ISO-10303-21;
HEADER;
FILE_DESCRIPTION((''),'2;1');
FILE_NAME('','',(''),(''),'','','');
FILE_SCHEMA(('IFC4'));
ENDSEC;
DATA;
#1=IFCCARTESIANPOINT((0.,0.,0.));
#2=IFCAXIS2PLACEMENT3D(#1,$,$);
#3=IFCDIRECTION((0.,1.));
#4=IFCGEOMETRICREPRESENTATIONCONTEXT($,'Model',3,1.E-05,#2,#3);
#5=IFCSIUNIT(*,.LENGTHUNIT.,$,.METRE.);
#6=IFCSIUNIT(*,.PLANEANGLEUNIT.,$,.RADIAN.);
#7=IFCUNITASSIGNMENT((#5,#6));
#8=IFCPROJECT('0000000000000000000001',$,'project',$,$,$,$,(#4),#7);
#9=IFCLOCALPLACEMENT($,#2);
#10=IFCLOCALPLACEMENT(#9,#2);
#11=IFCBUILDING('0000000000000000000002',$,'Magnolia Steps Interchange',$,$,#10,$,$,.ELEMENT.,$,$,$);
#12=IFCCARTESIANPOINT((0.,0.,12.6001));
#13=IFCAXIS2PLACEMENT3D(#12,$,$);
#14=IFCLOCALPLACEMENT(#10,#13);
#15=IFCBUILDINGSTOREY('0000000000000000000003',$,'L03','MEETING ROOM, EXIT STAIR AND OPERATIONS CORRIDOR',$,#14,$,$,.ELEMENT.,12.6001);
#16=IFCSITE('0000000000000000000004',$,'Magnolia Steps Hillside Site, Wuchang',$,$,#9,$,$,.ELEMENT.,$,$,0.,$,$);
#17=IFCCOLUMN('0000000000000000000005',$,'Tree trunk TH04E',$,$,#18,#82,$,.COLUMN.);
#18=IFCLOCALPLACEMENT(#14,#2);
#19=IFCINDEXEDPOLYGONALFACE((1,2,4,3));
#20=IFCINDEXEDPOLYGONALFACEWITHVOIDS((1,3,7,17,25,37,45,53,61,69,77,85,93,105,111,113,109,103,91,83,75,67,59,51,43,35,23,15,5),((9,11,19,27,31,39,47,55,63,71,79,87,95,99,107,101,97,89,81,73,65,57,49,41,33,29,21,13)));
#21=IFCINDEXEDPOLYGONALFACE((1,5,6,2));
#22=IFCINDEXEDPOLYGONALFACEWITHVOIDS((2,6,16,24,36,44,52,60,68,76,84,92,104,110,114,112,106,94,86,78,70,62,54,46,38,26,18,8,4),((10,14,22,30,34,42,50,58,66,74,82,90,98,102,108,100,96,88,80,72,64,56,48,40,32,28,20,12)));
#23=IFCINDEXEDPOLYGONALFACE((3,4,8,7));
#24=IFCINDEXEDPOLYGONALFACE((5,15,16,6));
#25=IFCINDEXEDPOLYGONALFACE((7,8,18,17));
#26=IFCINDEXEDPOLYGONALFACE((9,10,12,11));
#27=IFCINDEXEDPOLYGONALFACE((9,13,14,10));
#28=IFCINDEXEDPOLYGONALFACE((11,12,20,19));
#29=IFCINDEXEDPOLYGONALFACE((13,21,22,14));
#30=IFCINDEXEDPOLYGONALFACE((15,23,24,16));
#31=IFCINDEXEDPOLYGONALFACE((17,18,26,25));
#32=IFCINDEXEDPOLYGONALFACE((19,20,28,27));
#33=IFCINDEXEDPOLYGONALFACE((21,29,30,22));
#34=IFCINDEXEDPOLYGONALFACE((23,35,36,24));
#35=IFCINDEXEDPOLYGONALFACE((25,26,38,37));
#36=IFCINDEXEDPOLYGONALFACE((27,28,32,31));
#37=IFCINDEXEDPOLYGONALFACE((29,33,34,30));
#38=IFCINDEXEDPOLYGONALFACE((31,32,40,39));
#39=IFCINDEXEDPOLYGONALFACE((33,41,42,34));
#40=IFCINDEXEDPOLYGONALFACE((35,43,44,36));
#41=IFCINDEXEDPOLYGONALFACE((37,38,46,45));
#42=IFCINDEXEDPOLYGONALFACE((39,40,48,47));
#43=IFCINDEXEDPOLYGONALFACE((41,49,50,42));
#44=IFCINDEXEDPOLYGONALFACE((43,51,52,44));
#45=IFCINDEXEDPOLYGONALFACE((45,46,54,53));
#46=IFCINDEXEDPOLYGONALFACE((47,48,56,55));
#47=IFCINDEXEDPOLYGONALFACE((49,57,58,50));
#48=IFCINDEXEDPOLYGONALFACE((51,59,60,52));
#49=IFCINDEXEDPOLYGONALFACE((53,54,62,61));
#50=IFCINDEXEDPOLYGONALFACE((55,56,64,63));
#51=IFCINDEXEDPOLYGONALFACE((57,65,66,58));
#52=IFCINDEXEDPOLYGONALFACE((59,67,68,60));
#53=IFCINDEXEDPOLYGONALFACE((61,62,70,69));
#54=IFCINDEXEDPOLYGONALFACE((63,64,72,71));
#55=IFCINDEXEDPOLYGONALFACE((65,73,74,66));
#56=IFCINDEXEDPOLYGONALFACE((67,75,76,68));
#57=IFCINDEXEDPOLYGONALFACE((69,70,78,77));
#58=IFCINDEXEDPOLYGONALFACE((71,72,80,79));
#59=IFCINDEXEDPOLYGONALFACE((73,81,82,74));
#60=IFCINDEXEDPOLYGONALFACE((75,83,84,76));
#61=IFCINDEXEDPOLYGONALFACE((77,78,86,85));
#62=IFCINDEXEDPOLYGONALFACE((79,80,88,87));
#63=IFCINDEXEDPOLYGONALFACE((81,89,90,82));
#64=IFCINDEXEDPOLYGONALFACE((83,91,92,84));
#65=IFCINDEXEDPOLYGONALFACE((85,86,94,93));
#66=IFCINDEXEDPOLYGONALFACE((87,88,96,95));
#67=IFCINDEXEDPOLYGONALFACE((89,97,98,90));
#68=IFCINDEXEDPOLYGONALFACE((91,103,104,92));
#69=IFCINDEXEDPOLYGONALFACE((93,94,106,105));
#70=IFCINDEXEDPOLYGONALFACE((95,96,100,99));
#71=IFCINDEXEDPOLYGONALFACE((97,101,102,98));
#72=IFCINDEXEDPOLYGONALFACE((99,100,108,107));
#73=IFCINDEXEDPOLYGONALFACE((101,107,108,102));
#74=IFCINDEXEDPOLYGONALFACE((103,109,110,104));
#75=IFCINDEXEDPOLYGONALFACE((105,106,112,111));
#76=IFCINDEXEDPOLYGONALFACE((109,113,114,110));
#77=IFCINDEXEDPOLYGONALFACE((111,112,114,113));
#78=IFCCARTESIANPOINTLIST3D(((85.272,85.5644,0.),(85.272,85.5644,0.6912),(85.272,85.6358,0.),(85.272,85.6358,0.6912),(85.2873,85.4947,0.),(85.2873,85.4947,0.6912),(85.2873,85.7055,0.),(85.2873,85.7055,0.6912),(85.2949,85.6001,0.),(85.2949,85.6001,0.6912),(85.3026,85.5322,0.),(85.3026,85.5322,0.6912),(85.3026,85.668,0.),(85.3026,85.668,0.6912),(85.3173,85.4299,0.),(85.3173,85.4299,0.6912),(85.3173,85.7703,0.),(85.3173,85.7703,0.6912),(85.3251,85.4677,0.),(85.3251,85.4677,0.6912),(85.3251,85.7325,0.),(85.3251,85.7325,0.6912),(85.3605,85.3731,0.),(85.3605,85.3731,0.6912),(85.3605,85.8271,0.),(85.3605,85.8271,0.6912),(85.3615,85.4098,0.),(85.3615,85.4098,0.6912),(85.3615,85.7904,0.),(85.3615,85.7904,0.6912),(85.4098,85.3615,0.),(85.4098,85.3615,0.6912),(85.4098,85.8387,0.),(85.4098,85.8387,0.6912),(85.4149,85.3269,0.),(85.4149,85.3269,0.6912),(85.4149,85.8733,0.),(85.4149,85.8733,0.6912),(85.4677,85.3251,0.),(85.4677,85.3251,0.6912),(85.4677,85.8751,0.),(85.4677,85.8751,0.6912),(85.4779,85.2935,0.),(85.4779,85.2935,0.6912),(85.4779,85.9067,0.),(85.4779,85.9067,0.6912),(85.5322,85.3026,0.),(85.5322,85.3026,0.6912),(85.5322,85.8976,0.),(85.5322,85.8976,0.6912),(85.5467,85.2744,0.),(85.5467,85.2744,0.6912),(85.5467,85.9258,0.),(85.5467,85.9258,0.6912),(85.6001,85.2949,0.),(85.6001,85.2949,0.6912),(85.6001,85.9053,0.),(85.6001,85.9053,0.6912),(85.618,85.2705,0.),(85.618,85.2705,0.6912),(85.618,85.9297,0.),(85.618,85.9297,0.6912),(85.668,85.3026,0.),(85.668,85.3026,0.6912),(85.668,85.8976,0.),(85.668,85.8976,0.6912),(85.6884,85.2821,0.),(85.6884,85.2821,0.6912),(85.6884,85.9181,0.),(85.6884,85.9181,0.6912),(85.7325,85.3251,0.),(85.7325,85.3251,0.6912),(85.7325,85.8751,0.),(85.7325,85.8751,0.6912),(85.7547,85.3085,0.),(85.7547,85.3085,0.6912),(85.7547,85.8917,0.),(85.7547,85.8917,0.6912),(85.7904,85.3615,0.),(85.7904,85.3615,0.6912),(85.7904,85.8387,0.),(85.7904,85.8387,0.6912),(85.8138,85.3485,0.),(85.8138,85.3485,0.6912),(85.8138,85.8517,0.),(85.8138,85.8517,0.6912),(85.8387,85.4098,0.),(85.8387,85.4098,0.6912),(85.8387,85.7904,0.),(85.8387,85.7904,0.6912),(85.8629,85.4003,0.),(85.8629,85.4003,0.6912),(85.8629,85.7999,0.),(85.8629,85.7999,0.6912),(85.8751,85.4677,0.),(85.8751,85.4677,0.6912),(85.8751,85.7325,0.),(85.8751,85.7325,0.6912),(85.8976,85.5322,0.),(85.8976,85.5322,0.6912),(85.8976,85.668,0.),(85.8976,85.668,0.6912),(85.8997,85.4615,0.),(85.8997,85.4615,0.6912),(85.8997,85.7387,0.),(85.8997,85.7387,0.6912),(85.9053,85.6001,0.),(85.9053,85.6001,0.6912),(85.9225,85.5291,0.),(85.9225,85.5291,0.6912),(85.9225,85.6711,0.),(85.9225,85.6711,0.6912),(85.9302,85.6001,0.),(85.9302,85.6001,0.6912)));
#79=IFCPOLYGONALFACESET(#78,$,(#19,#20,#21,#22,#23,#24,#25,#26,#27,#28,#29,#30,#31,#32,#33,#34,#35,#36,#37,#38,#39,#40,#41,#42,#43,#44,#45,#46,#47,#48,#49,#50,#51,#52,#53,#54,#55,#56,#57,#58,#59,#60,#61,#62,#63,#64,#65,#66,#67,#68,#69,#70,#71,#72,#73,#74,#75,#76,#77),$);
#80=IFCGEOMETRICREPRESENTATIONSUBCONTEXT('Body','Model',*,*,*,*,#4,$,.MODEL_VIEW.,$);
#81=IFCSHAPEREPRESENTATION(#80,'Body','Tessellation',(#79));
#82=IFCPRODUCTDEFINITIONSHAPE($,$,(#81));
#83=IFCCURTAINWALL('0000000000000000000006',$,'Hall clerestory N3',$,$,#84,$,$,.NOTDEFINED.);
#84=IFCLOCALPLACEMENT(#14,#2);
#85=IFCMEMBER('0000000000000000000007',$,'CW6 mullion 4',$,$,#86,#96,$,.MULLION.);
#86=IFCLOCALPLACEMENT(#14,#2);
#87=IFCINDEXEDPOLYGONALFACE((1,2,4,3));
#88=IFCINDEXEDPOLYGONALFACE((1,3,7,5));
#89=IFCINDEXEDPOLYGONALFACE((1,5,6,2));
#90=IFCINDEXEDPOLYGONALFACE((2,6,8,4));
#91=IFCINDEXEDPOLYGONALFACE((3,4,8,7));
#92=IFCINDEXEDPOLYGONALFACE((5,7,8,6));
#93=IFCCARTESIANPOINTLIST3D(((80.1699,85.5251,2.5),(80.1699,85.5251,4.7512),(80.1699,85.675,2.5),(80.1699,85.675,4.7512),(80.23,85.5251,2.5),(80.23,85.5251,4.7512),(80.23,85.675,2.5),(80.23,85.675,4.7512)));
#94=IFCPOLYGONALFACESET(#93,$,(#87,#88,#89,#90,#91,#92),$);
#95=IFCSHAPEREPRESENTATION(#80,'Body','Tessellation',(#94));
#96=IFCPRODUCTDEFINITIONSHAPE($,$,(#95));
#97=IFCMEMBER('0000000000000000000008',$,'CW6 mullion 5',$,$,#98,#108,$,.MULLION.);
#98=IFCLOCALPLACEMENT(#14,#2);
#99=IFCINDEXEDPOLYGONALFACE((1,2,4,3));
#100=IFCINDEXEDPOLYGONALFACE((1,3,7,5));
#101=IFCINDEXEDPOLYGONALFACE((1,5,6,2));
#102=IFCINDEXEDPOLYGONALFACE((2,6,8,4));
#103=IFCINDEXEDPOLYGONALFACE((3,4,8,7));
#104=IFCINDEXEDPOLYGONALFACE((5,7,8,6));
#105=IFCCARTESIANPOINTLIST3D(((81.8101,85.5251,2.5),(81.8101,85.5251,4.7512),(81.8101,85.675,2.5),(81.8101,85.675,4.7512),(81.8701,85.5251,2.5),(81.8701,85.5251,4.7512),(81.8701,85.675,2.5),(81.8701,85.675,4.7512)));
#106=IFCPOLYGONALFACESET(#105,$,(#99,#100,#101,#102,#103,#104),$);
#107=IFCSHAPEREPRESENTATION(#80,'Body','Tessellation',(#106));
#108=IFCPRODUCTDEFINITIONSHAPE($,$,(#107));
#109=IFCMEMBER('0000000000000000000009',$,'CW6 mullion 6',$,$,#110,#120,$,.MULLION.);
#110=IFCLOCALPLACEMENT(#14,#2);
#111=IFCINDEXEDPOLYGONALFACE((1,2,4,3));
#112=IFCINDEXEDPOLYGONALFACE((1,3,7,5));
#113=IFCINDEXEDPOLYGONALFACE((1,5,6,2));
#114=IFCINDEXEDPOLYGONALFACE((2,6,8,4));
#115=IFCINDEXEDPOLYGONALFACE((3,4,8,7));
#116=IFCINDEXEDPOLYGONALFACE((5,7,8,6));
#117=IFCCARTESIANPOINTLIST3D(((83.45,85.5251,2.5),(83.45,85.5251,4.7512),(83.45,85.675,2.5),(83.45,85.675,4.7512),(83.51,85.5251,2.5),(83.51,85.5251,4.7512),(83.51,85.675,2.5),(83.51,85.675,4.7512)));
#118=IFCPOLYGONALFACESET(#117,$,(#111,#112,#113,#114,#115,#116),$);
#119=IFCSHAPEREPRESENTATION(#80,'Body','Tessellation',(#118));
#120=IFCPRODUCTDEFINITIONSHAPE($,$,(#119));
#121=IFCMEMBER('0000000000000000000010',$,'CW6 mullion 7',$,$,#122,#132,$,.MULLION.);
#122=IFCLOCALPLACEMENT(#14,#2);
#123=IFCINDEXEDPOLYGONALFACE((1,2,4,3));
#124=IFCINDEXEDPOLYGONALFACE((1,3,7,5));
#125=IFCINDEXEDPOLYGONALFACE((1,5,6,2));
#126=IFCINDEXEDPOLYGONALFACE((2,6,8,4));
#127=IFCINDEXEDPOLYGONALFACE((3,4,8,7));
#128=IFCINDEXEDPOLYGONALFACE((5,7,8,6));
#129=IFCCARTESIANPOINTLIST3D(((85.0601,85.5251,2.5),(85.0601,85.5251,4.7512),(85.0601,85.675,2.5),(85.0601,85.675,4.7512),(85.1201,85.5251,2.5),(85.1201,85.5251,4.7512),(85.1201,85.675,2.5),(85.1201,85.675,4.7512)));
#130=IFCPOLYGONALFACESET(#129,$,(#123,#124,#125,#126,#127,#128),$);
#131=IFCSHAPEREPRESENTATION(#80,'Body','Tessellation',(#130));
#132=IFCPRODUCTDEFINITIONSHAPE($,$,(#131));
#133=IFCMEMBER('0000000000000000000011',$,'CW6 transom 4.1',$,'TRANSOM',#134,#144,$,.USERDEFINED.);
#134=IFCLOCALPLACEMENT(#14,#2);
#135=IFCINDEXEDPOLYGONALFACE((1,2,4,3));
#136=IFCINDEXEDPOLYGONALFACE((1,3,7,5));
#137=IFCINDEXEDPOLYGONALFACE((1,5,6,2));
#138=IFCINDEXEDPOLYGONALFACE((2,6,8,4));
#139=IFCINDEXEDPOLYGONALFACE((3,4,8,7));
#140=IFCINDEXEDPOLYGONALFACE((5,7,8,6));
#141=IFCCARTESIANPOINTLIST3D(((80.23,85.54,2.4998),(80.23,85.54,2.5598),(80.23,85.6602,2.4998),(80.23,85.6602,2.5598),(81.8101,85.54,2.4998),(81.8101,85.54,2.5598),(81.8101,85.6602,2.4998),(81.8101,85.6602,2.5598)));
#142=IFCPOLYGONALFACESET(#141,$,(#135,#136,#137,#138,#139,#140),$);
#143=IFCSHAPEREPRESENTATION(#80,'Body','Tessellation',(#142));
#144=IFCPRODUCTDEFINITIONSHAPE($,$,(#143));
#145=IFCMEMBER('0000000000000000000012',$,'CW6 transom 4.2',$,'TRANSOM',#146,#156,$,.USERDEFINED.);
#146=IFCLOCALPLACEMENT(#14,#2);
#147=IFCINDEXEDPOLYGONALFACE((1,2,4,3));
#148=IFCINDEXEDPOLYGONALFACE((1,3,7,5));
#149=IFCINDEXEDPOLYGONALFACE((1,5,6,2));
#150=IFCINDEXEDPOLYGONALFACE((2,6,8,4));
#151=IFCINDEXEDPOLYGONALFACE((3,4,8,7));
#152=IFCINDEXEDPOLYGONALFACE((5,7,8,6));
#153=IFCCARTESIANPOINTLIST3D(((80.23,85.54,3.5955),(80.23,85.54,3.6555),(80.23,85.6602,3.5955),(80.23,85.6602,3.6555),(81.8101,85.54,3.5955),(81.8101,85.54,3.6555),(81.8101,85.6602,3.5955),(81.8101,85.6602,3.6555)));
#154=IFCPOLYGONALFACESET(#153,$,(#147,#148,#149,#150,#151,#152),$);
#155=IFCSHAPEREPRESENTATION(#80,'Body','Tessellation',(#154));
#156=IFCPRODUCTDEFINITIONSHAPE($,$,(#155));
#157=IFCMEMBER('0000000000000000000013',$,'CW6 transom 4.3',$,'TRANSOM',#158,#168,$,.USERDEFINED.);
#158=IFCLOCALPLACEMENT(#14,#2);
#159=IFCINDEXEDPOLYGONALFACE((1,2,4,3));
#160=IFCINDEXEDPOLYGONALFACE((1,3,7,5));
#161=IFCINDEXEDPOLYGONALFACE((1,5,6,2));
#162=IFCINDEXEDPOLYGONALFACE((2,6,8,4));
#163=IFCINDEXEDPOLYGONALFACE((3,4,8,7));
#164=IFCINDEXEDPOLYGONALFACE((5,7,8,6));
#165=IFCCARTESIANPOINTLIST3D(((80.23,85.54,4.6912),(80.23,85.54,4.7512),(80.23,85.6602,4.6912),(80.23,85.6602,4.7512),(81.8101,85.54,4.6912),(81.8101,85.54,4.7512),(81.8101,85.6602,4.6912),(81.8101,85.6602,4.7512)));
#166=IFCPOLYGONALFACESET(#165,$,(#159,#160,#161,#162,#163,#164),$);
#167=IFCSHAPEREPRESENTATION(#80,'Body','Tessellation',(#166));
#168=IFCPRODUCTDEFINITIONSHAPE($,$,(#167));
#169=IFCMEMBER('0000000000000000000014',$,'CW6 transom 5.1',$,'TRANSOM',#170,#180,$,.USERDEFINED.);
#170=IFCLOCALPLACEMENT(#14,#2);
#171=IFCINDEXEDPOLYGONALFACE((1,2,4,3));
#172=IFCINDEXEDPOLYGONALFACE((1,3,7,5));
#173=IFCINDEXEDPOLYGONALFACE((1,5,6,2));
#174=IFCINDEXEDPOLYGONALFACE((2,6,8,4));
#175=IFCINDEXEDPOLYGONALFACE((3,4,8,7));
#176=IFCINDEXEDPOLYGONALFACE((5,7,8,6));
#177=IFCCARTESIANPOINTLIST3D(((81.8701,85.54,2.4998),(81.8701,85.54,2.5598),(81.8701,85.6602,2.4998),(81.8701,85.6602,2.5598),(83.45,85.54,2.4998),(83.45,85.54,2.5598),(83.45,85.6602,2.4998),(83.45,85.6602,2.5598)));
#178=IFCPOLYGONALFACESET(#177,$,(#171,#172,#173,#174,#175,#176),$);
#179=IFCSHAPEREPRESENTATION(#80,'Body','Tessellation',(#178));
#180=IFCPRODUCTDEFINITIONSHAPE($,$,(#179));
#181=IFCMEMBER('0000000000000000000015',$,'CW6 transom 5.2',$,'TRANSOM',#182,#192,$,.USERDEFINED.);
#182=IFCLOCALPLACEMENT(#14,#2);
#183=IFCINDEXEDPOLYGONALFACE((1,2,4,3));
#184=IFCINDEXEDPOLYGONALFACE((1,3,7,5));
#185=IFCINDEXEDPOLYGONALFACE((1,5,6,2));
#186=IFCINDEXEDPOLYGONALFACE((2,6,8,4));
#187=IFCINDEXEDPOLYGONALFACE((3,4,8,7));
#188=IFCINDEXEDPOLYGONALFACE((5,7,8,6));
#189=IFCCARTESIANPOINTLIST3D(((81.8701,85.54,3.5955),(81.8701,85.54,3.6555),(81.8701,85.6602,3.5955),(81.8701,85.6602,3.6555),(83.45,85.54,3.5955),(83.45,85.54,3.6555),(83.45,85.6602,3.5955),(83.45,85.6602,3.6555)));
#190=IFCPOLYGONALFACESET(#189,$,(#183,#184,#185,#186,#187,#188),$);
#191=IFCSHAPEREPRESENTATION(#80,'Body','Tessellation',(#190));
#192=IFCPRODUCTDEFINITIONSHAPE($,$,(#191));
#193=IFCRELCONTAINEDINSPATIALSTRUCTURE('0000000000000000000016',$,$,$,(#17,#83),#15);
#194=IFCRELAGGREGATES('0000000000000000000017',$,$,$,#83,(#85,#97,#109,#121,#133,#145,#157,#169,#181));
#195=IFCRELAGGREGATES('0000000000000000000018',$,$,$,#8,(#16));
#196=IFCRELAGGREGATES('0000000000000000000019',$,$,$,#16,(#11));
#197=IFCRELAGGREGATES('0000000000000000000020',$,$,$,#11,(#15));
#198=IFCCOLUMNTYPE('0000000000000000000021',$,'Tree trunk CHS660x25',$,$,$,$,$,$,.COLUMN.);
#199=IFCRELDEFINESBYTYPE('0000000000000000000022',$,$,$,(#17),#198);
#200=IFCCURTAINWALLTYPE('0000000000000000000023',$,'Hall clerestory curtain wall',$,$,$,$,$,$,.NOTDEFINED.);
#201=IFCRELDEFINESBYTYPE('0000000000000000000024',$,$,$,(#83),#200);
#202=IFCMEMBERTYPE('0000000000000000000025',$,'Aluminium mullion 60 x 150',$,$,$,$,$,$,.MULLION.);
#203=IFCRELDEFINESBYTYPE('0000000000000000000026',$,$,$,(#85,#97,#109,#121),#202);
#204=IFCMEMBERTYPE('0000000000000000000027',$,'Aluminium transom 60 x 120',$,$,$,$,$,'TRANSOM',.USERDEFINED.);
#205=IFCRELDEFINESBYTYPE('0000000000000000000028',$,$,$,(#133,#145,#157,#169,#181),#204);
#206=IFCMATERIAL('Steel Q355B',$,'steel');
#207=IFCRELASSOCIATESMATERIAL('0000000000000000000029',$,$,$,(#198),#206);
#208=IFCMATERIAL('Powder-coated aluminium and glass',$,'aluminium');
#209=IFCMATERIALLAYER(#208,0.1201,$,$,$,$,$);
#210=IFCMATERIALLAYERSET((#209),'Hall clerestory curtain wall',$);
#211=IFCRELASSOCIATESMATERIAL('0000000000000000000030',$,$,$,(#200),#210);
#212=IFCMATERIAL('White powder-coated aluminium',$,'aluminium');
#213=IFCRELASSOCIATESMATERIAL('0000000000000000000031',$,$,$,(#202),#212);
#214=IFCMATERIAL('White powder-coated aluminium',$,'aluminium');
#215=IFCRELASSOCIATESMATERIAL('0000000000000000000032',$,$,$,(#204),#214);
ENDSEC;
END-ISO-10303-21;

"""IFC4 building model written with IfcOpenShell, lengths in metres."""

from ifc_helpers import new_model, si_unit, direction, frame, origin, origin_2d, place, context, subcontext, project, spatial, rectangle, hollow_circle, extrude, material, layer, layer_set, material_profile, profile_set, type_object, element, aggregate, save


model = new_model("IFC4")

# Units and contexts
model_context = context("Model", 3, precision=1e-05, world=origin(), true_north=direction((0.0, 1.0)))
body_context = subcontext(model_context, "Body", "Model", "MODEL_VIEW")
ifc_project = project(units=[si_unit("LENGTHUNIT", "METRE"), si_unit("PLANEANGLEUNIT", "RADIAN")], contexts=[model_context])

# Site, building, storey
site_placement = place(None, origin())
site = spatial("IfcSite", under=ifc_project, at=site_placement, Name="Magnolia Steps Hillside Site, Wuchang", CompositionType="ELEMENT", RefElevation=0.0)
building_placement = place(site_placement, origin())
building = spatial("IfcBuilding", under=site, at=building_placement, Name="Magnolia Steps Interchange", CompositionType="ELEMENT")
storey_placement = place(building_placement, frame((0.0, 0.0, 12.6001)))
storey = spatial("IfcBuildingStorey", under=building, at=storey_placement, Name="L03", Description="MEETING ROOM, EXIT STAIR AND OPERATIONS CORRIDOR", CompositionType="ELEMENT", Elevation=12.6001)

# Column
ifc_material_1 = material(Name="Steel Q355B", Category="steel")
ifc_material_profile_1 = material_profile(ifc_material_1, hollow_circle(Radius=0.3301, WallThickness=0.0249, at=origin_2d()), Name="CHS660x25")
ifc_profile_set_1 = profile_set([ifc_material_profile_1], Name="Steel Q355B")
column_type = type_object("IfcColumnType", Name="Tree trunk CHS660x25", PredefinedType="COLUMN", material=ifc_profile_set_1)
column_placement = place(storey_placement, frame((85.6001, 85.6001, 0.0), z_axis=(0.0, 0.0, 1.0), x_axis=(1.0, 0.0, 0.0)))
element("IfcColumn", 1, at=column_placement, inside=storey, type_object=column_type, Name="Tree trunk TH04E", PredefinedType="COLUMN", context=body_context, shape_type="SweptSolid", body=[
    extrude(hollow_circle(Radius=0.3301, WallThickness=0.0249, at=origin_2d()), origin(), (0.0, 0.0, 1.0), 0.6912),
])

# Curtain wall, members
ifc_material_2 = material(Name="Powder-coated aluminium and glass", Category="aluminium")
ifc_layer_1 = layer(ifc_material_2, 0.1201)
ifc_layer_set_1 = layer_set([ifc_layer_1], Name="Hall clerestory curtain wall")
curtain_wall_type = type_object("IfcCurtainWallType", Name="Hall clerestory curtain wall", PredefinedType="NOTDEFINED", material=ifc_layer_set_1)
curtain_wall_placement = place(storey_placement, origin())
curtain_wall = element("IfcCurtainWall", 2, at=curtain_wall_placement, inside=storey, type_object=curtain_wall_type, Name="Hall clerestory N3", PredefinedType="NOTDEFINED")
ifc_material_3 = material(Name="White powder-coated aluminium", Category="aluminium")
ifc_material_profile_2 = material_profile(ifc_material_3, rectangle(XDim=0.0601, YDim=0.1499, at=origin_2d()), Name="Aluminium mullion 60 x 150")
ifc_profile_set_2 = profile_set([ifc_material_profile_2], Name="White powder-coated aluminium")
member_type_1 = type_object("IfcMemberType", Name="Aluminium mullion 60 x 150", PredefinedType="MULLION", material=ifc_profile_set_2)
member_1_placement = place(storey_placement, frame((80.2, 85.6001, 2.5), z_axis=(0.0, 0.0, 1.0), x_axis=(1.0, 0.0, 0.0)))
member_1 = element("IfcMember", 3, at=member_1_placement, type_object=member_type_1, Name="CW6 mullion 4", PredefinedType="MULLION", context=body_context, shape_type="SweptSolid", body=[
    extrude(rectangle(XDim=0.0601, YDim=0.1499, at=origin_2d()), origin(), (0.0, 0.0, 1.0), 2.2512),
])
member_2_placement = place(storey_placement, frame((81.8401, 85.6001, 2.5), z_axis=(0.0, 0.0, 1.0), x_axis=(1.0, 0.0, 0.0)))
member_2 = element("IfcMember", 4, at=member_2_placement, type_object=member_type_1, Name="CW6 mullion 5", PredefinedType="MULLION", context=body_context, shape_type="SweptSolid", body=[
    extrude(rectangle(XDim=0.0601, YDim=0.1499, at=origin_2d()), origin(), (0.0, 0.0, 1.0), 2.2512),
])
member_3_placement = place(storey_placement, frame((83.48, 85.6001, 2.5), z_axis=(0.0, 0.0, 1.0), x_axis=(1.0, 0.0, 0.0)))
member_3 = element("IfcMember", 5, at=member_3_placement, type_object=member_type_1, Name="CW6 mullion 6", PredefinedType="MULLION", context=body_context, shape_type="SweptSolid", body=[
    extrude(rectangle(XDim=0.0601, YDim=0.1499, at=origin_2d()), origin(), (0.0, 0.0, 1.0), 2.2512),
])
member_4_placement = place(storey_placement, frame((85.0901, 85.6001, 2.5), z_axis=(0.0, 0.0, 1.0), x_axis=(1.0, 0.0, 0.0)))
member_4 = element("IfcMember", 6, at=member_4_placement, type_object=member_type_1, Name="CW6 mullion 7", PredefinedType="MULLION", context=body_context, shape_type="SweptSolid", body=[
    extrude(rectangle(XDim=0.0601, YDim=0.1499, at=origin_2d()), origin(), (0.0, 0.0, 1.0), 2.2512),
])
ifc_material_4 = material(Name="White powder-coated aluminium", Category="aluminium")
ifc_material_profile_3 = material_profile(ifc_material_4, rectangle(XDim=0.0601, YDim=0.1201, at=origin_2d()), Name="Aluminium transom 60 x 120")
ifc_profile_set_3 = profile_set([ifc_material_profile_3], Name="White powder-coated aluminium")
member_type_2 = type_object("IfcMemberType", Name="Aluminium transom 60 x 120", ElementType="TRANSOM", PredefinedType="USERDEFINED", material=ifc_profile_set_3)
member_5_placement = place(storey_placement, frame((80.23, 85.6001, 2.5298), z_axis=(1.0, 0.0, 0.0), x_axis=(0.0, 0.0, 1.0)))
member_5 = element("IfcMember", 7, at=member_5_placement, type_object=member_type_2, Name="CW6 transom 4.1", ObjectType="TRANSOM", PredefinedType="USERDEFINED", context=body_context, shape_type="SweptSolid", body=[
    extrude(rectangle(XDim=0.0601, YDim=0.1201, at=origin_2d()), origin(), (0.0, 0.0, 1.0), 1.5801),
])
member_6_placement = place(storey_placement, frame((80.23, 85.6001, 3.6255), z_axis=(1.0, 0.0, 0.0), x_axis=(0.0, 0.0, 1.0)))
member_6 = element("IfcMember", 8, at=member_6_placement, type_object=member_type_2, Name="CW6 transom 4.2", ObjectType="TRANSOM", PredefinedType="USERDEFINED", context=body_context, shape_type="SweptSolid", body=[
    extrude(rectangle(XDim=0.0601, YDim=0.1201, at=origin_2d()), origin(), (0.0, 0.0, 1.0), 1.5801),
])
member_7_placement = place(storey_placement, frame((80.23, 85.6001, 4.7212), z_axis=(1.0, 0.0, 0.0), x_axis=(0.0, 0.0, 1.0)))
member_7 = element("IfcMember", 9, at=member_7_placement, type_object=member_type_2, Name="CW6 transom 4.3", ObjectType="TRANSOM", PredefinedType="USERDEFINED", context=body_context, shape_type="SweptSolid", body=[
    extrude(rectangle(XDim=0.0601, YDim=0.1201, at=origin_2d()), origin(), (0.0, 0.0, 1.0), 1.5801),
])
member_8_placement = place(storey_placement, frame((81.8701, 85.6001, 2.5298), z_axis=(1.0, 0.0, 0.0), x_axis=(0.0, 0.0, 1.0)))
member_8 = element("IfcMember", 10, at=member_8_placement, type_object=member_type_2, Name="CW6 transom 5.1", ObjectType="TRANSOM", PredefinedType="USERDEFINED", context=body_context, shape_type="SweptSolid", body=[
    extrude(rectangle(XDim=0.0601, YDim=0.1201, at=origin_2d()), origin(), (0.0, 0.0, 1.0), 1.5798),
])
member_9_placement = place(storey_placement, frame((81.8701, 85.6001, 3.6255), z_axis=(1.0, 0.0, 0.0), x_axis=(0.0, 0.0, 1.0)))
member_9 = element("IfcMember", 11, at=member_9_placement, type_object=member_type_2, Name="CW6 transom 5.2", ObjectType="TRANSOM", PredefinedType="USERDEFINED", context=body_context, shape_type="SweptSolid", body=[
    extrude(rectangle(XDim=0.0601, YDim=0.1201, at=origin_2d()), origin(), (0.0, 0.0, 1.0), 1.5798),
])

aggregate(curtain_wall, [member_1, member_2, member_3, member_4, member_5, member_6, member_7, member_8, member_9])

save(model, "model.ifc")
